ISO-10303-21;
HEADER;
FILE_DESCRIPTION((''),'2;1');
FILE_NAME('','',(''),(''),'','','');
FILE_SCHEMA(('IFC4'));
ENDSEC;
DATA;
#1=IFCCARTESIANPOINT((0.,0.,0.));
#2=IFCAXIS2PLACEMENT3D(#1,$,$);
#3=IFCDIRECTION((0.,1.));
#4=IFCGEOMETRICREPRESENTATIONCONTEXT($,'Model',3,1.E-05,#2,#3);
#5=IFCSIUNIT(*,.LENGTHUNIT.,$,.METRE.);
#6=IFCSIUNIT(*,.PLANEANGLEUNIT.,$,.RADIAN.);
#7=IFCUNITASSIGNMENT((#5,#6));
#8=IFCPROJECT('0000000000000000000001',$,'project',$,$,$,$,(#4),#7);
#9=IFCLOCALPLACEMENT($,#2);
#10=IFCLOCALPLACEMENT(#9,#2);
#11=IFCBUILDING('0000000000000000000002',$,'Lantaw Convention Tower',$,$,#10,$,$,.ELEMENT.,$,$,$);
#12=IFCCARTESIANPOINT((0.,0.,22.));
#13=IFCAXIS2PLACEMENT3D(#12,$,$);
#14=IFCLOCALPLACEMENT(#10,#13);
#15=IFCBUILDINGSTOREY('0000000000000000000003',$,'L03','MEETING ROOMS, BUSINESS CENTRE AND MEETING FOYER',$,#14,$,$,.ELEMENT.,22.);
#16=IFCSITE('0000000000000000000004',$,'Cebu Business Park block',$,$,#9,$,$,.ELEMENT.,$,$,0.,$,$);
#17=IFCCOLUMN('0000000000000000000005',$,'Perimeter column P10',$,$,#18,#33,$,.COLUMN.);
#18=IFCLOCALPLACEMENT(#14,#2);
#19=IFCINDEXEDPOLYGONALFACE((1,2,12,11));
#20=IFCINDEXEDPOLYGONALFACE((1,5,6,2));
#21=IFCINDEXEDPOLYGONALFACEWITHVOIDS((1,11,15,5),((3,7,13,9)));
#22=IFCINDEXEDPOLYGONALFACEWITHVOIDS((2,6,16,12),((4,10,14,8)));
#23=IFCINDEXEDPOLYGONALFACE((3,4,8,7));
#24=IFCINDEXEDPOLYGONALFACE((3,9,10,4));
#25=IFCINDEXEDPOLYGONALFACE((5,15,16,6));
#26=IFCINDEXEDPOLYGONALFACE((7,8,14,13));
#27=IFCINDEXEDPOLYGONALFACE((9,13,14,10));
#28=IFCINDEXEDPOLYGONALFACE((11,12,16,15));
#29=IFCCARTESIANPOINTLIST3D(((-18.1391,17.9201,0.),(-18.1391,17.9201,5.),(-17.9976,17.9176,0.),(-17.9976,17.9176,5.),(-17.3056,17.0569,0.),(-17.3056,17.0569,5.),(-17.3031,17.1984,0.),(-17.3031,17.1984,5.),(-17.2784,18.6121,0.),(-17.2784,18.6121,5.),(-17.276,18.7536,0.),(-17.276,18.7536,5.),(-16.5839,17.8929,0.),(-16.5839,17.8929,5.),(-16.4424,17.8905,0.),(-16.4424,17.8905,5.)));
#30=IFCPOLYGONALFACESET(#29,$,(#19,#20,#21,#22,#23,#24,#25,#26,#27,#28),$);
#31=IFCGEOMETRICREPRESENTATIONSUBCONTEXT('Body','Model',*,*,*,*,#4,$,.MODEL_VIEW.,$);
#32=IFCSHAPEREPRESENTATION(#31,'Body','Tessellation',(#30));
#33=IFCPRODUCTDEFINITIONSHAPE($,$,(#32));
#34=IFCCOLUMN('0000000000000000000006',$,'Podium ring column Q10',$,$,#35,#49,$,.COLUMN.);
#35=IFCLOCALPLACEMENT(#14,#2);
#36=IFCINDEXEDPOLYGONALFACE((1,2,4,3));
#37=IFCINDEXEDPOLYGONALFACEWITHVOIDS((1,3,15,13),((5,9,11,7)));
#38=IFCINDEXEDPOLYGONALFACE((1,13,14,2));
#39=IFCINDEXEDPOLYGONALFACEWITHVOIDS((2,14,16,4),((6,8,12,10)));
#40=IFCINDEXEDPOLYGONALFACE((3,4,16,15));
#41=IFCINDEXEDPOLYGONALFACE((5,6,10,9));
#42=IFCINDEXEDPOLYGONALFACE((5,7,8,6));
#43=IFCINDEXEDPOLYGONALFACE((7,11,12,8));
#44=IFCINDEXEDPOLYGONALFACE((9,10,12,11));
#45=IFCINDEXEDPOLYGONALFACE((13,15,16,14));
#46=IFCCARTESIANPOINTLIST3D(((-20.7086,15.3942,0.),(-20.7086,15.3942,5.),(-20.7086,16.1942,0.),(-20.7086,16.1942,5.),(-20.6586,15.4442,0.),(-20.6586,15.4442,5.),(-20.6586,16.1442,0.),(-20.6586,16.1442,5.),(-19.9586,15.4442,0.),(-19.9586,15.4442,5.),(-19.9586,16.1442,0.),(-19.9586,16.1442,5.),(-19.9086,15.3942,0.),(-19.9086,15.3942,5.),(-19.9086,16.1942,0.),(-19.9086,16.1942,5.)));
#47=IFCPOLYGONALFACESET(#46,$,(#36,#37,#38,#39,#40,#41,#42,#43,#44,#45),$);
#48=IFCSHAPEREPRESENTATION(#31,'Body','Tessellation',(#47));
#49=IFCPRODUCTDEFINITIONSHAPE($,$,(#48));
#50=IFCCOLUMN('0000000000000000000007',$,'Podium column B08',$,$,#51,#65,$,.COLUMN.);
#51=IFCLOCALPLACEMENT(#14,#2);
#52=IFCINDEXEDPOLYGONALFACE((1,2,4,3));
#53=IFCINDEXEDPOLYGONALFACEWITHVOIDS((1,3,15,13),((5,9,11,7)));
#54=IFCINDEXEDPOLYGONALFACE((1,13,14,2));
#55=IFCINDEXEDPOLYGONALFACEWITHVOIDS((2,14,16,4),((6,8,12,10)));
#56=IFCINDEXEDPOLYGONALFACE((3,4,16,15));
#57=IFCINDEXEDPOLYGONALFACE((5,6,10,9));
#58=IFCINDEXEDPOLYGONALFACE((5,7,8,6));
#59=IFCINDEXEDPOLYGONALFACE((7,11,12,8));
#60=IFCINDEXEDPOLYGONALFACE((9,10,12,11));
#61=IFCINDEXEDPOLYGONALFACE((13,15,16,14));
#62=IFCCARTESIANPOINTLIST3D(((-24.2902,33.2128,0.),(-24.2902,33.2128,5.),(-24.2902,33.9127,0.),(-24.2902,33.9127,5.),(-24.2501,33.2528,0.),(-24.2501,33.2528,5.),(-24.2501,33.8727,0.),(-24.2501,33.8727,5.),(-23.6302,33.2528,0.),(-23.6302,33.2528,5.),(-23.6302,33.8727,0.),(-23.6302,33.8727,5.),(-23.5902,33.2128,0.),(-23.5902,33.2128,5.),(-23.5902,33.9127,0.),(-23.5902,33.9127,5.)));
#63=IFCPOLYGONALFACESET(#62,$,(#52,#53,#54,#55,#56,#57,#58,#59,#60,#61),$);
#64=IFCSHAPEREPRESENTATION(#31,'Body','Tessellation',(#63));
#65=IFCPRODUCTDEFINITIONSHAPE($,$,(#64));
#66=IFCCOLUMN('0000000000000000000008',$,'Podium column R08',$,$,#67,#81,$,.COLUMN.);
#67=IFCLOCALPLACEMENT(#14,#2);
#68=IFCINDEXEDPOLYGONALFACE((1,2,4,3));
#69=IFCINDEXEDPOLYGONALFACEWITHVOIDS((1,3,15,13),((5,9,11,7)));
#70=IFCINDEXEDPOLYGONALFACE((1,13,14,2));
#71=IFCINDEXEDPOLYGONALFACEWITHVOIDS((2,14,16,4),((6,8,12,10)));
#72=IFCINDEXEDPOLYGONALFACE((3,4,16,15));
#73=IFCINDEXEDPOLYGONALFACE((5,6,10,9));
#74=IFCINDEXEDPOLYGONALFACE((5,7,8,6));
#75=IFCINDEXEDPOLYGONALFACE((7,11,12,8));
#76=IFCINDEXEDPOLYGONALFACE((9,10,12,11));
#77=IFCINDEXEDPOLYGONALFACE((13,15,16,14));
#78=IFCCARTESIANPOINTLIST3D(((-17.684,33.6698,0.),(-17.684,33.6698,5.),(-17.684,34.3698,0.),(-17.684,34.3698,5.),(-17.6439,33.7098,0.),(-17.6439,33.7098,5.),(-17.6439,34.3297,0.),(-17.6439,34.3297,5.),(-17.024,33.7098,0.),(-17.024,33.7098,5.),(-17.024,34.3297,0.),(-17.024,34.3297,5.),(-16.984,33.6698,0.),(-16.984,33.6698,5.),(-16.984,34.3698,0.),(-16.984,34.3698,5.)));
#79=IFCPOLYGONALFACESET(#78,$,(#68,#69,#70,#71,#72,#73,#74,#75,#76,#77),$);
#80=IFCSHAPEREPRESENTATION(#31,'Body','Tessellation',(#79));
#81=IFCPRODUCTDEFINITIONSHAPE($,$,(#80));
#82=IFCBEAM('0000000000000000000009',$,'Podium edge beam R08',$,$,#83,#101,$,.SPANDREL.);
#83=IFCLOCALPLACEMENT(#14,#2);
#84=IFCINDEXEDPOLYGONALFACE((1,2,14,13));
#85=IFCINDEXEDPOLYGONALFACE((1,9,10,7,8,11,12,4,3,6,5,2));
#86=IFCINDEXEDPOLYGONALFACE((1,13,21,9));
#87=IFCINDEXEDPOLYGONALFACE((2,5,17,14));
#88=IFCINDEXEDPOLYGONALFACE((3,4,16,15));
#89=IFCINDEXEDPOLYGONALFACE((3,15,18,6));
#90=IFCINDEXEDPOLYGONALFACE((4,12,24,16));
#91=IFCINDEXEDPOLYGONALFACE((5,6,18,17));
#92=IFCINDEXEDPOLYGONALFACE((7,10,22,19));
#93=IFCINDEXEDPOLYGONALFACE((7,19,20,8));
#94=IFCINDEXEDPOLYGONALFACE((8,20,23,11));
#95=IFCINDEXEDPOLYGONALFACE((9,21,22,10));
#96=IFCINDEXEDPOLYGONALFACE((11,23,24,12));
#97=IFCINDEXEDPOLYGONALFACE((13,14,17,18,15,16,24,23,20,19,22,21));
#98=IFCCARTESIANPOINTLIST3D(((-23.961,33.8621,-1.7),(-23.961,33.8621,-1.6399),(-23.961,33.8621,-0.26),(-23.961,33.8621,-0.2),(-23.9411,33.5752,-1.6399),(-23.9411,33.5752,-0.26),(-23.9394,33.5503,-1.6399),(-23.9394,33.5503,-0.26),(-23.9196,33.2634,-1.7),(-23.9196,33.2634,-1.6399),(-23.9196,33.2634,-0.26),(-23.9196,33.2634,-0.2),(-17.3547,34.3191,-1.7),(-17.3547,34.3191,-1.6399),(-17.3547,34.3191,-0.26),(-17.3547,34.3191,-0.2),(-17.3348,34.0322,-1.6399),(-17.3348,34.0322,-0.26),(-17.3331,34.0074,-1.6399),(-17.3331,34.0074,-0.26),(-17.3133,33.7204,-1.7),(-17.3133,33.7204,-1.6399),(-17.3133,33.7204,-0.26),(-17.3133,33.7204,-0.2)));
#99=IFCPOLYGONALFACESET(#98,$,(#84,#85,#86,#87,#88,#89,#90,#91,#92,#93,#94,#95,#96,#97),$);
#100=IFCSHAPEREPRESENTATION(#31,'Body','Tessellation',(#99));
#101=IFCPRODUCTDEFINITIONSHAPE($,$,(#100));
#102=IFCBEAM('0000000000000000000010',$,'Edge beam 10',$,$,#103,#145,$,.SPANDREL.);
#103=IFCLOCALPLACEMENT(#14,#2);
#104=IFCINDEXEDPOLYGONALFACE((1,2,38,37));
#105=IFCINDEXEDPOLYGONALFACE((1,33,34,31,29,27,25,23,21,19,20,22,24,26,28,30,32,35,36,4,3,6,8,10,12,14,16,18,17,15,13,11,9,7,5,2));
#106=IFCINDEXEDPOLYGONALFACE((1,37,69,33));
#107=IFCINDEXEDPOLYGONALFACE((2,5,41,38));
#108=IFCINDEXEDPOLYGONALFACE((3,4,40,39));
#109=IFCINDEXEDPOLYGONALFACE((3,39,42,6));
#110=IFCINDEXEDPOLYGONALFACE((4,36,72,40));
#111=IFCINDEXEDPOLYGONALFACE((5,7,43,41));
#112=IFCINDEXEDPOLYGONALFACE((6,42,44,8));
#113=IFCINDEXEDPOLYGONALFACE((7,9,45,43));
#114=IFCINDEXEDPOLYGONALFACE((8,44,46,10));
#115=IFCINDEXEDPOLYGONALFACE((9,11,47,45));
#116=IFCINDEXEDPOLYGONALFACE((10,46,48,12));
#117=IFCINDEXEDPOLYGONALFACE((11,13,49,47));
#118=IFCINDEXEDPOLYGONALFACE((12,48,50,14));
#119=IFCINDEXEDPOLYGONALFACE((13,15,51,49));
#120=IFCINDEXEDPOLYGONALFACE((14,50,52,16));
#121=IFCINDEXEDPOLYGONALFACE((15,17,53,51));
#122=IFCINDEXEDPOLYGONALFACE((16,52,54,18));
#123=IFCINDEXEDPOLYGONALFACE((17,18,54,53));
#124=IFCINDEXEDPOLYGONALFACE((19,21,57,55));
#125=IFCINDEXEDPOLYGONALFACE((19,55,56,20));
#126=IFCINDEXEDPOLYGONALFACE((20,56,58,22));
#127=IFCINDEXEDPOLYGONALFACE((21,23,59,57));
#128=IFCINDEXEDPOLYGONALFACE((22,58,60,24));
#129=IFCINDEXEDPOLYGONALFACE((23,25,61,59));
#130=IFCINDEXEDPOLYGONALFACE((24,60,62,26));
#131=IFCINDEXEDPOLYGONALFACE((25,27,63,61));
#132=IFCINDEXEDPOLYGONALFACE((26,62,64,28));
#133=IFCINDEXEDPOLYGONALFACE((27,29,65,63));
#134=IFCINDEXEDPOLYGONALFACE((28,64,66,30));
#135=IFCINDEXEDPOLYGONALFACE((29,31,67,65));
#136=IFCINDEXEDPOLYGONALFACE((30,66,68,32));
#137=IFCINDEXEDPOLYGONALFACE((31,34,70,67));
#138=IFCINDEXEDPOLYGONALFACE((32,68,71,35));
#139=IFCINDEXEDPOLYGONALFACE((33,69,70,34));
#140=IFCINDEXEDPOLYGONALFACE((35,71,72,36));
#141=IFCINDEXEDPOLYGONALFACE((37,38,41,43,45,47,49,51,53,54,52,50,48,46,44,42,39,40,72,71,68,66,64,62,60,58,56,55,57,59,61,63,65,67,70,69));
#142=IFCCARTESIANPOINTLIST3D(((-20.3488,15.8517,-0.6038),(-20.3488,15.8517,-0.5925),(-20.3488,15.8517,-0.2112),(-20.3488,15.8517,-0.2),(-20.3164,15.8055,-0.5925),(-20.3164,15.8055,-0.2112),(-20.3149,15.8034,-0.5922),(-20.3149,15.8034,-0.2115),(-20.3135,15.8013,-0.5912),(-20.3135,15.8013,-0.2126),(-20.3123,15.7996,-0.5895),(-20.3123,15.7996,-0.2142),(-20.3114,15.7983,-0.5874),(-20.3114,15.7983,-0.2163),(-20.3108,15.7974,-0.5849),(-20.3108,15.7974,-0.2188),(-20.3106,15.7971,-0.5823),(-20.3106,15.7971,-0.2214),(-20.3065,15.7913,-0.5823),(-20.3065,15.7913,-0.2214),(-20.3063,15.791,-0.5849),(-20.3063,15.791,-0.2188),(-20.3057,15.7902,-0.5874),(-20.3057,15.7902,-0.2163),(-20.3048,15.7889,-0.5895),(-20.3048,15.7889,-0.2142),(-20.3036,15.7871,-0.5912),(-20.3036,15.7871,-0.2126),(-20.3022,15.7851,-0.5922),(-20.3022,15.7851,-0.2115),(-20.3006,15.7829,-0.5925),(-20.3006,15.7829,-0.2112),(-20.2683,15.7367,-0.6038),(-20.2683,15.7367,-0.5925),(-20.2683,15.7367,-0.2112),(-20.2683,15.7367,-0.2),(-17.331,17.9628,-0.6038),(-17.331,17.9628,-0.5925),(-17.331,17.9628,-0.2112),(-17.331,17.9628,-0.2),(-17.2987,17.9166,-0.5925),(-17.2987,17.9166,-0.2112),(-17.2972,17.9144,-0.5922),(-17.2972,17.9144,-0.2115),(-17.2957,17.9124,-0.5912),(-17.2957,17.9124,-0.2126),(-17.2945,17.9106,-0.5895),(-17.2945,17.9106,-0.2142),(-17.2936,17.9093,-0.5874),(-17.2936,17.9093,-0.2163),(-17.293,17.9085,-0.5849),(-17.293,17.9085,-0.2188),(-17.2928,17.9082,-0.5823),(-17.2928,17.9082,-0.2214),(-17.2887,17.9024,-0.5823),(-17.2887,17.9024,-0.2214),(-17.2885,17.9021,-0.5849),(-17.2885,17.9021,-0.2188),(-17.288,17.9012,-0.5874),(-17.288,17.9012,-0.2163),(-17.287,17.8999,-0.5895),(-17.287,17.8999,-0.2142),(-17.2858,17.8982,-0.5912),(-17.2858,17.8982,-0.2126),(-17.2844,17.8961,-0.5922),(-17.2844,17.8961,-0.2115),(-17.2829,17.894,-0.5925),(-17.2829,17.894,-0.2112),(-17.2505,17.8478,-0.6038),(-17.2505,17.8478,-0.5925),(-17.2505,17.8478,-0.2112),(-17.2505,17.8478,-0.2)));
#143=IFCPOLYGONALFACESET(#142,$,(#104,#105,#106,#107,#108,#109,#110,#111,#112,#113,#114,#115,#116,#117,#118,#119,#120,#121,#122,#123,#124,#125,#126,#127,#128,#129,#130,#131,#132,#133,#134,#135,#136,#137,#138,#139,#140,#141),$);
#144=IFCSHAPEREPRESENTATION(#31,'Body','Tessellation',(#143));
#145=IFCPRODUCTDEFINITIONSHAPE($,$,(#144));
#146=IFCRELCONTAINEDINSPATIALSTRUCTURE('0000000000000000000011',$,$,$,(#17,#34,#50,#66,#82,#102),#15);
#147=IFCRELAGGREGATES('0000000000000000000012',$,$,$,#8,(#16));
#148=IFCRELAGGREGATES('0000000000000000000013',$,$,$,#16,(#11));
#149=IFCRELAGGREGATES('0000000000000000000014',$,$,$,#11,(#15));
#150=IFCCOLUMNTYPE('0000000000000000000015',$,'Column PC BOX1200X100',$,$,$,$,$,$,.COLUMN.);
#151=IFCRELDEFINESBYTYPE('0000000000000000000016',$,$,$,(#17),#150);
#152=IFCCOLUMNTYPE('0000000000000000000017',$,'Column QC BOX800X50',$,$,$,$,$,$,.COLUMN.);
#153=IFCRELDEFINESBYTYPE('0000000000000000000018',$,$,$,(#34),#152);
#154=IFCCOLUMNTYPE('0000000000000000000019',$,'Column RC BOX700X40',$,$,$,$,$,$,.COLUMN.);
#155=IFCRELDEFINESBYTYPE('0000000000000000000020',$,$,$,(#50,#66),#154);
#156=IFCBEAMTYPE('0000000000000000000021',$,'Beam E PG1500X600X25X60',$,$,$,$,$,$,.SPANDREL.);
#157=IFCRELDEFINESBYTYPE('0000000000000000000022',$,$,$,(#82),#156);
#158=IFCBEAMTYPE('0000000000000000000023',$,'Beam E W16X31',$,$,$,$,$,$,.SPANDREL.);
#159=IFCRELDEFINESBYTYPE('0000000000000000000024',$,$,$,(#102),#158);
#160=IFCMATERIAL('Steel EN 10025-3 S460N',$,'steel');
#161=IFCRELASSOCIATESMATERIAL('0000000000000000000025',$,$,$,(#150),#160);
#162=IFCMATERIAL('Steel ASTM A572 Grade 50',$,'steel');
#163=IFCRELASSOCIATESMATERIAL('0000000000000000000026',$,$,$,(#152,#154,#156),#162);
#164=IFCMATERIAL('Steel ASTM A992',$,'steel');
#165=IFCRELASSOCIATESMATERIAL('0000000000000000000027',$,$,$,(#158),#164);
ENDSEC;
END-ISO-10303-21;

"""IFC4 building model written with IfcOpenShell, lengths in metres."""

from ifc_helpers import new_model, si_unit, direction, frame, origin, origin_2d, place, context, subcontext, project, spatial, rectangle, hollow_rectangle, i_section, extrude, material, material_profile, profile_set, type_object, element, save


model = new_model("IFC4")

# Units and contexts
model_context = context("Model", 3, precision=1e-05, world=origin(), true_north=direction((0.0, 1.0)))
body_context = subcontext(model_context, "Body", "Model", "MODEL_VIEW")
ifc_project = project(units=[si_unit("LENGTHUNIT", "METRE"), si_unit("PLANEANGLEUNIT", "RADIAN")], contexts=[model_context])

# Site, building, storey
site_placement = place(None, origin())
site = spatial("IfcSite", under=ifc_project, at=site_placement, Name="Cebu Business Park block", CompositionType="ELEMENT", RefElevation=0.0)
building_placement = place(site_placement, origin())
building = spatial("IfcBuilding", under=site, at=building_placement, Name="Lantaw Convention Tower", CompositionType="ELEMENT")
storey_placement = place(building_placement, frame((0.0, 0.0, 22.0)))
storey = spatial("IfcBuildingStorey", under=building, at=storey_placement, Name="L03", Description="MEETING ROOMS, BUSINESS CENTRE AND MEETING FOYER", CompositionType="ELEMENT", Elevation=22.0)

# Columns
ifc_material_1 = material(Name="Steel EN 10025-3 S460N", Category="steel")
ifc_material_profile_1 = material_profile(ifc_material_1, hollow_rectangle(XDim=1.2, YDim=1.2, WallThickness=0.1001, at=origin_2d()), Name="BOX1200X100")
ifc_material_2 = material(Name="Concrete C60/75", Category="concrete")
ifc_material_profile_2 = material_profile(ifc_material_2, rectangle(XDim=1.0, YDim=1.0, at=origin_2d()), Name="Concrete fill of BOX1200X100")
ifc_profile_set_1 = profile_set([ifc_material_profile_1, ifc_material_profile_2], Name="Steel EN 10025-3 S460N")
column_type_1 = type_object("IfcColumnType", Name="Column PC BOX1200X100", PredefinedType="COLUMN", material=ifc_profile_set_1)
column_1_placement = place(storey_placement, frame((-17.2908, 17.9053, 0.0), z_axis=(0.0, 0.0, 1.0), x_axis=(0.71934, 0.694658, 0.0)))
element("IfcColumn", 1, at=column_1_placement, inside=storey, type_object=column_type_1, Name="Perimeter column P10", PredefinedType="COLUMN", context=body_context, shape_type="SweptSolid", body=[
    extrude(hollow_rectangle(XDim=1.2, YDim=1.2, WallThickness=0.1001, at=origin_2d()), origin(), (0.0, 0.0, 1.0), 5.0),
])
ifc_material_3 = material(Name="Steel ASTM A572 Grade 50", Category="steel")
ifc_material_profile_3 = material_profile(ifc_material_3, hollow_rectangle(XDim=0.8, YDim=0.8, WallThickness=0.05, at=origin_2d()), Name="BOX800X50")
ifc_profile_set_2 = profile_set([ifc_material_profile_3], Name="Steel ASTM A572 Grade 50")
column_type_2 = type_object("IfcColumnType", Name="Column QC BOX800X50", PredefinedType="COLUMN", material=ifc_profile_set_2)
column_2_placement = place(storey_placement, frame((-20.3086, 15.7942, 0.0), z_axis=(0.0, 0.0, 1.0), x_axis=(1.0, 0.0, 0.0)))
element("IfcColumn", 2, at=column_2_placement, inside=storey, type_object=column_type_2, Name="Podium ring column Q10", PredefinedType="COLUMN", context=body_context, shape_type="SweptSolid", body=[
    extrude(hollow_rectangle(XDim=0.8, YDim=0.8, WallThickness=0.05, at=origin_2d()), origin(), (0.0, 0.0, 1.0), 5.0),
])
ifc_material_profile_4 = material_profile(ifc_material_3, hollow_rectangle(XDim=0.7, YDim=0.7, WallThickness=0.04, at=origin_2d()), Name="BOX700X40")
ifc_profile_set_3 = profile_set([ifc_material_profile_4], Name="Steel ASTM A572 Grade 50")
column_type_3 = type_object("IfcColumnType", Name="Column RC BOX700X40", PredefinedType="COLUMN", material=ifc_profile_set_3)
for number, where, z_axis, x_axis, name in (
    (3, (-23.9402, 33.5627, 0.0), (0.0, 0.0, 1.0), (1.0, 0.0, 0.0), "Podium column B08"),
    (4, (-17.334, 34.0198, 0.0), (0.0, 0.0, 1.0), (1.0, 0.0, 0.0), "Podium column R08"),
):
    element("IfcColumn", number, at=place(storey_placement, frame(where, z_axis=z_axis, x_axis=x_axis)), inside=storey, type_object=column_type_3, Name=name, PredefinedType="COLUMN", context=body_context, shape_type="SweptSolid", body=[
        extrude(hollow_rectangle(XDim=0.7, YDim=0.7, WallThickness=0.04, at=origin_2d()), origin(), (0.0, 0.0, 1.0), 5.0),
    ])

# Beams
ifc_material_profile_5 = material_profile(ifc_material_3, i_section(OverallWidth=0.6001, OverallDepth=1.5, WebThickness=0.0249, FlangeThickness=0.0601, at=origin_2d()), Name="PG1500X600X25X60")
ifc_profile_set_4 = profile_set([ifc_material_profile_5], Name="Steel ASTM A572 Grade 50")
beam_type_1 = type_object("IfcBeamType", Name="Beam E PG1500X600X25X60", PredefinedType="SPANDREL", material=ifc_profile_set_4)
beam_1_placement = place(storey_placement, frame((-17.334, 34.0198, -0.95), z_axis=(-0.997615, -0.069017, 0.0), x_axis=(0.069017, -0.997615, 0.0)))
element("IfcBeam", 5, at=beam_1_placement, inside=storey, type_object=beam_type_1, Name="Podium edge beam R08", PredefinedType="SPANDREL", context=body_context, shape_type="SweptSolid", body=[
    extrude(i_section(OverallWidth=0.6001, OverallDepth=1.5, WebThickness=0.0249, FlangeThickness=0.0601, at=origin_2d()), origin(), (0.0, 0.0, 1.0), 6.6221),
])
ifc_material_4 = material(Name="Steel ASTM A992", Category="steel")
ifc_material_profile_6 = material_profile(ifc_material_4, i_section(OverallWidth=0.1404, OverallDepth=0.4038, WebThickness=0.0071, FlangeThickness=0.0112, FilletRadius=0.0103, at=origin_2d()), Name="W16X31")
ifc_profile_set_5 = profile_set([ifc_material_profile_6], Name="Steel ASTM A992")
beam_type_2 = type_object("IfcBeamType", Name="Beam E W16X31", PredefinedType="SPANDREL", material=ifc_profile_set_5)
beam_2_placement = place(storey_placement, frame((-17.2908, 17.9053, -0.4019), z_axis=(-0.819409, -0.573209, 0.0), x_axis=(0.573209, -0.819409, 0.0)))
element("IfcBeam", 6, at=beam_2_placement, inside=storey, type_object=beam_type_2, Name="Edge beam 10", PredefinedType="SPANDREL", context=body_context, shape_type="SweptSolid", body=[
    extrude(i_section(OverallWidth=0.1404, OverallDepth=0.4038, WebThickness=0.0071, FlangeThickness=0.0112, FilletRadius=0.0103, at=origin_2d()), origin(), (0.0, 0.0, 1.0), 3.6829),
])

save(model, "model.ifc")
